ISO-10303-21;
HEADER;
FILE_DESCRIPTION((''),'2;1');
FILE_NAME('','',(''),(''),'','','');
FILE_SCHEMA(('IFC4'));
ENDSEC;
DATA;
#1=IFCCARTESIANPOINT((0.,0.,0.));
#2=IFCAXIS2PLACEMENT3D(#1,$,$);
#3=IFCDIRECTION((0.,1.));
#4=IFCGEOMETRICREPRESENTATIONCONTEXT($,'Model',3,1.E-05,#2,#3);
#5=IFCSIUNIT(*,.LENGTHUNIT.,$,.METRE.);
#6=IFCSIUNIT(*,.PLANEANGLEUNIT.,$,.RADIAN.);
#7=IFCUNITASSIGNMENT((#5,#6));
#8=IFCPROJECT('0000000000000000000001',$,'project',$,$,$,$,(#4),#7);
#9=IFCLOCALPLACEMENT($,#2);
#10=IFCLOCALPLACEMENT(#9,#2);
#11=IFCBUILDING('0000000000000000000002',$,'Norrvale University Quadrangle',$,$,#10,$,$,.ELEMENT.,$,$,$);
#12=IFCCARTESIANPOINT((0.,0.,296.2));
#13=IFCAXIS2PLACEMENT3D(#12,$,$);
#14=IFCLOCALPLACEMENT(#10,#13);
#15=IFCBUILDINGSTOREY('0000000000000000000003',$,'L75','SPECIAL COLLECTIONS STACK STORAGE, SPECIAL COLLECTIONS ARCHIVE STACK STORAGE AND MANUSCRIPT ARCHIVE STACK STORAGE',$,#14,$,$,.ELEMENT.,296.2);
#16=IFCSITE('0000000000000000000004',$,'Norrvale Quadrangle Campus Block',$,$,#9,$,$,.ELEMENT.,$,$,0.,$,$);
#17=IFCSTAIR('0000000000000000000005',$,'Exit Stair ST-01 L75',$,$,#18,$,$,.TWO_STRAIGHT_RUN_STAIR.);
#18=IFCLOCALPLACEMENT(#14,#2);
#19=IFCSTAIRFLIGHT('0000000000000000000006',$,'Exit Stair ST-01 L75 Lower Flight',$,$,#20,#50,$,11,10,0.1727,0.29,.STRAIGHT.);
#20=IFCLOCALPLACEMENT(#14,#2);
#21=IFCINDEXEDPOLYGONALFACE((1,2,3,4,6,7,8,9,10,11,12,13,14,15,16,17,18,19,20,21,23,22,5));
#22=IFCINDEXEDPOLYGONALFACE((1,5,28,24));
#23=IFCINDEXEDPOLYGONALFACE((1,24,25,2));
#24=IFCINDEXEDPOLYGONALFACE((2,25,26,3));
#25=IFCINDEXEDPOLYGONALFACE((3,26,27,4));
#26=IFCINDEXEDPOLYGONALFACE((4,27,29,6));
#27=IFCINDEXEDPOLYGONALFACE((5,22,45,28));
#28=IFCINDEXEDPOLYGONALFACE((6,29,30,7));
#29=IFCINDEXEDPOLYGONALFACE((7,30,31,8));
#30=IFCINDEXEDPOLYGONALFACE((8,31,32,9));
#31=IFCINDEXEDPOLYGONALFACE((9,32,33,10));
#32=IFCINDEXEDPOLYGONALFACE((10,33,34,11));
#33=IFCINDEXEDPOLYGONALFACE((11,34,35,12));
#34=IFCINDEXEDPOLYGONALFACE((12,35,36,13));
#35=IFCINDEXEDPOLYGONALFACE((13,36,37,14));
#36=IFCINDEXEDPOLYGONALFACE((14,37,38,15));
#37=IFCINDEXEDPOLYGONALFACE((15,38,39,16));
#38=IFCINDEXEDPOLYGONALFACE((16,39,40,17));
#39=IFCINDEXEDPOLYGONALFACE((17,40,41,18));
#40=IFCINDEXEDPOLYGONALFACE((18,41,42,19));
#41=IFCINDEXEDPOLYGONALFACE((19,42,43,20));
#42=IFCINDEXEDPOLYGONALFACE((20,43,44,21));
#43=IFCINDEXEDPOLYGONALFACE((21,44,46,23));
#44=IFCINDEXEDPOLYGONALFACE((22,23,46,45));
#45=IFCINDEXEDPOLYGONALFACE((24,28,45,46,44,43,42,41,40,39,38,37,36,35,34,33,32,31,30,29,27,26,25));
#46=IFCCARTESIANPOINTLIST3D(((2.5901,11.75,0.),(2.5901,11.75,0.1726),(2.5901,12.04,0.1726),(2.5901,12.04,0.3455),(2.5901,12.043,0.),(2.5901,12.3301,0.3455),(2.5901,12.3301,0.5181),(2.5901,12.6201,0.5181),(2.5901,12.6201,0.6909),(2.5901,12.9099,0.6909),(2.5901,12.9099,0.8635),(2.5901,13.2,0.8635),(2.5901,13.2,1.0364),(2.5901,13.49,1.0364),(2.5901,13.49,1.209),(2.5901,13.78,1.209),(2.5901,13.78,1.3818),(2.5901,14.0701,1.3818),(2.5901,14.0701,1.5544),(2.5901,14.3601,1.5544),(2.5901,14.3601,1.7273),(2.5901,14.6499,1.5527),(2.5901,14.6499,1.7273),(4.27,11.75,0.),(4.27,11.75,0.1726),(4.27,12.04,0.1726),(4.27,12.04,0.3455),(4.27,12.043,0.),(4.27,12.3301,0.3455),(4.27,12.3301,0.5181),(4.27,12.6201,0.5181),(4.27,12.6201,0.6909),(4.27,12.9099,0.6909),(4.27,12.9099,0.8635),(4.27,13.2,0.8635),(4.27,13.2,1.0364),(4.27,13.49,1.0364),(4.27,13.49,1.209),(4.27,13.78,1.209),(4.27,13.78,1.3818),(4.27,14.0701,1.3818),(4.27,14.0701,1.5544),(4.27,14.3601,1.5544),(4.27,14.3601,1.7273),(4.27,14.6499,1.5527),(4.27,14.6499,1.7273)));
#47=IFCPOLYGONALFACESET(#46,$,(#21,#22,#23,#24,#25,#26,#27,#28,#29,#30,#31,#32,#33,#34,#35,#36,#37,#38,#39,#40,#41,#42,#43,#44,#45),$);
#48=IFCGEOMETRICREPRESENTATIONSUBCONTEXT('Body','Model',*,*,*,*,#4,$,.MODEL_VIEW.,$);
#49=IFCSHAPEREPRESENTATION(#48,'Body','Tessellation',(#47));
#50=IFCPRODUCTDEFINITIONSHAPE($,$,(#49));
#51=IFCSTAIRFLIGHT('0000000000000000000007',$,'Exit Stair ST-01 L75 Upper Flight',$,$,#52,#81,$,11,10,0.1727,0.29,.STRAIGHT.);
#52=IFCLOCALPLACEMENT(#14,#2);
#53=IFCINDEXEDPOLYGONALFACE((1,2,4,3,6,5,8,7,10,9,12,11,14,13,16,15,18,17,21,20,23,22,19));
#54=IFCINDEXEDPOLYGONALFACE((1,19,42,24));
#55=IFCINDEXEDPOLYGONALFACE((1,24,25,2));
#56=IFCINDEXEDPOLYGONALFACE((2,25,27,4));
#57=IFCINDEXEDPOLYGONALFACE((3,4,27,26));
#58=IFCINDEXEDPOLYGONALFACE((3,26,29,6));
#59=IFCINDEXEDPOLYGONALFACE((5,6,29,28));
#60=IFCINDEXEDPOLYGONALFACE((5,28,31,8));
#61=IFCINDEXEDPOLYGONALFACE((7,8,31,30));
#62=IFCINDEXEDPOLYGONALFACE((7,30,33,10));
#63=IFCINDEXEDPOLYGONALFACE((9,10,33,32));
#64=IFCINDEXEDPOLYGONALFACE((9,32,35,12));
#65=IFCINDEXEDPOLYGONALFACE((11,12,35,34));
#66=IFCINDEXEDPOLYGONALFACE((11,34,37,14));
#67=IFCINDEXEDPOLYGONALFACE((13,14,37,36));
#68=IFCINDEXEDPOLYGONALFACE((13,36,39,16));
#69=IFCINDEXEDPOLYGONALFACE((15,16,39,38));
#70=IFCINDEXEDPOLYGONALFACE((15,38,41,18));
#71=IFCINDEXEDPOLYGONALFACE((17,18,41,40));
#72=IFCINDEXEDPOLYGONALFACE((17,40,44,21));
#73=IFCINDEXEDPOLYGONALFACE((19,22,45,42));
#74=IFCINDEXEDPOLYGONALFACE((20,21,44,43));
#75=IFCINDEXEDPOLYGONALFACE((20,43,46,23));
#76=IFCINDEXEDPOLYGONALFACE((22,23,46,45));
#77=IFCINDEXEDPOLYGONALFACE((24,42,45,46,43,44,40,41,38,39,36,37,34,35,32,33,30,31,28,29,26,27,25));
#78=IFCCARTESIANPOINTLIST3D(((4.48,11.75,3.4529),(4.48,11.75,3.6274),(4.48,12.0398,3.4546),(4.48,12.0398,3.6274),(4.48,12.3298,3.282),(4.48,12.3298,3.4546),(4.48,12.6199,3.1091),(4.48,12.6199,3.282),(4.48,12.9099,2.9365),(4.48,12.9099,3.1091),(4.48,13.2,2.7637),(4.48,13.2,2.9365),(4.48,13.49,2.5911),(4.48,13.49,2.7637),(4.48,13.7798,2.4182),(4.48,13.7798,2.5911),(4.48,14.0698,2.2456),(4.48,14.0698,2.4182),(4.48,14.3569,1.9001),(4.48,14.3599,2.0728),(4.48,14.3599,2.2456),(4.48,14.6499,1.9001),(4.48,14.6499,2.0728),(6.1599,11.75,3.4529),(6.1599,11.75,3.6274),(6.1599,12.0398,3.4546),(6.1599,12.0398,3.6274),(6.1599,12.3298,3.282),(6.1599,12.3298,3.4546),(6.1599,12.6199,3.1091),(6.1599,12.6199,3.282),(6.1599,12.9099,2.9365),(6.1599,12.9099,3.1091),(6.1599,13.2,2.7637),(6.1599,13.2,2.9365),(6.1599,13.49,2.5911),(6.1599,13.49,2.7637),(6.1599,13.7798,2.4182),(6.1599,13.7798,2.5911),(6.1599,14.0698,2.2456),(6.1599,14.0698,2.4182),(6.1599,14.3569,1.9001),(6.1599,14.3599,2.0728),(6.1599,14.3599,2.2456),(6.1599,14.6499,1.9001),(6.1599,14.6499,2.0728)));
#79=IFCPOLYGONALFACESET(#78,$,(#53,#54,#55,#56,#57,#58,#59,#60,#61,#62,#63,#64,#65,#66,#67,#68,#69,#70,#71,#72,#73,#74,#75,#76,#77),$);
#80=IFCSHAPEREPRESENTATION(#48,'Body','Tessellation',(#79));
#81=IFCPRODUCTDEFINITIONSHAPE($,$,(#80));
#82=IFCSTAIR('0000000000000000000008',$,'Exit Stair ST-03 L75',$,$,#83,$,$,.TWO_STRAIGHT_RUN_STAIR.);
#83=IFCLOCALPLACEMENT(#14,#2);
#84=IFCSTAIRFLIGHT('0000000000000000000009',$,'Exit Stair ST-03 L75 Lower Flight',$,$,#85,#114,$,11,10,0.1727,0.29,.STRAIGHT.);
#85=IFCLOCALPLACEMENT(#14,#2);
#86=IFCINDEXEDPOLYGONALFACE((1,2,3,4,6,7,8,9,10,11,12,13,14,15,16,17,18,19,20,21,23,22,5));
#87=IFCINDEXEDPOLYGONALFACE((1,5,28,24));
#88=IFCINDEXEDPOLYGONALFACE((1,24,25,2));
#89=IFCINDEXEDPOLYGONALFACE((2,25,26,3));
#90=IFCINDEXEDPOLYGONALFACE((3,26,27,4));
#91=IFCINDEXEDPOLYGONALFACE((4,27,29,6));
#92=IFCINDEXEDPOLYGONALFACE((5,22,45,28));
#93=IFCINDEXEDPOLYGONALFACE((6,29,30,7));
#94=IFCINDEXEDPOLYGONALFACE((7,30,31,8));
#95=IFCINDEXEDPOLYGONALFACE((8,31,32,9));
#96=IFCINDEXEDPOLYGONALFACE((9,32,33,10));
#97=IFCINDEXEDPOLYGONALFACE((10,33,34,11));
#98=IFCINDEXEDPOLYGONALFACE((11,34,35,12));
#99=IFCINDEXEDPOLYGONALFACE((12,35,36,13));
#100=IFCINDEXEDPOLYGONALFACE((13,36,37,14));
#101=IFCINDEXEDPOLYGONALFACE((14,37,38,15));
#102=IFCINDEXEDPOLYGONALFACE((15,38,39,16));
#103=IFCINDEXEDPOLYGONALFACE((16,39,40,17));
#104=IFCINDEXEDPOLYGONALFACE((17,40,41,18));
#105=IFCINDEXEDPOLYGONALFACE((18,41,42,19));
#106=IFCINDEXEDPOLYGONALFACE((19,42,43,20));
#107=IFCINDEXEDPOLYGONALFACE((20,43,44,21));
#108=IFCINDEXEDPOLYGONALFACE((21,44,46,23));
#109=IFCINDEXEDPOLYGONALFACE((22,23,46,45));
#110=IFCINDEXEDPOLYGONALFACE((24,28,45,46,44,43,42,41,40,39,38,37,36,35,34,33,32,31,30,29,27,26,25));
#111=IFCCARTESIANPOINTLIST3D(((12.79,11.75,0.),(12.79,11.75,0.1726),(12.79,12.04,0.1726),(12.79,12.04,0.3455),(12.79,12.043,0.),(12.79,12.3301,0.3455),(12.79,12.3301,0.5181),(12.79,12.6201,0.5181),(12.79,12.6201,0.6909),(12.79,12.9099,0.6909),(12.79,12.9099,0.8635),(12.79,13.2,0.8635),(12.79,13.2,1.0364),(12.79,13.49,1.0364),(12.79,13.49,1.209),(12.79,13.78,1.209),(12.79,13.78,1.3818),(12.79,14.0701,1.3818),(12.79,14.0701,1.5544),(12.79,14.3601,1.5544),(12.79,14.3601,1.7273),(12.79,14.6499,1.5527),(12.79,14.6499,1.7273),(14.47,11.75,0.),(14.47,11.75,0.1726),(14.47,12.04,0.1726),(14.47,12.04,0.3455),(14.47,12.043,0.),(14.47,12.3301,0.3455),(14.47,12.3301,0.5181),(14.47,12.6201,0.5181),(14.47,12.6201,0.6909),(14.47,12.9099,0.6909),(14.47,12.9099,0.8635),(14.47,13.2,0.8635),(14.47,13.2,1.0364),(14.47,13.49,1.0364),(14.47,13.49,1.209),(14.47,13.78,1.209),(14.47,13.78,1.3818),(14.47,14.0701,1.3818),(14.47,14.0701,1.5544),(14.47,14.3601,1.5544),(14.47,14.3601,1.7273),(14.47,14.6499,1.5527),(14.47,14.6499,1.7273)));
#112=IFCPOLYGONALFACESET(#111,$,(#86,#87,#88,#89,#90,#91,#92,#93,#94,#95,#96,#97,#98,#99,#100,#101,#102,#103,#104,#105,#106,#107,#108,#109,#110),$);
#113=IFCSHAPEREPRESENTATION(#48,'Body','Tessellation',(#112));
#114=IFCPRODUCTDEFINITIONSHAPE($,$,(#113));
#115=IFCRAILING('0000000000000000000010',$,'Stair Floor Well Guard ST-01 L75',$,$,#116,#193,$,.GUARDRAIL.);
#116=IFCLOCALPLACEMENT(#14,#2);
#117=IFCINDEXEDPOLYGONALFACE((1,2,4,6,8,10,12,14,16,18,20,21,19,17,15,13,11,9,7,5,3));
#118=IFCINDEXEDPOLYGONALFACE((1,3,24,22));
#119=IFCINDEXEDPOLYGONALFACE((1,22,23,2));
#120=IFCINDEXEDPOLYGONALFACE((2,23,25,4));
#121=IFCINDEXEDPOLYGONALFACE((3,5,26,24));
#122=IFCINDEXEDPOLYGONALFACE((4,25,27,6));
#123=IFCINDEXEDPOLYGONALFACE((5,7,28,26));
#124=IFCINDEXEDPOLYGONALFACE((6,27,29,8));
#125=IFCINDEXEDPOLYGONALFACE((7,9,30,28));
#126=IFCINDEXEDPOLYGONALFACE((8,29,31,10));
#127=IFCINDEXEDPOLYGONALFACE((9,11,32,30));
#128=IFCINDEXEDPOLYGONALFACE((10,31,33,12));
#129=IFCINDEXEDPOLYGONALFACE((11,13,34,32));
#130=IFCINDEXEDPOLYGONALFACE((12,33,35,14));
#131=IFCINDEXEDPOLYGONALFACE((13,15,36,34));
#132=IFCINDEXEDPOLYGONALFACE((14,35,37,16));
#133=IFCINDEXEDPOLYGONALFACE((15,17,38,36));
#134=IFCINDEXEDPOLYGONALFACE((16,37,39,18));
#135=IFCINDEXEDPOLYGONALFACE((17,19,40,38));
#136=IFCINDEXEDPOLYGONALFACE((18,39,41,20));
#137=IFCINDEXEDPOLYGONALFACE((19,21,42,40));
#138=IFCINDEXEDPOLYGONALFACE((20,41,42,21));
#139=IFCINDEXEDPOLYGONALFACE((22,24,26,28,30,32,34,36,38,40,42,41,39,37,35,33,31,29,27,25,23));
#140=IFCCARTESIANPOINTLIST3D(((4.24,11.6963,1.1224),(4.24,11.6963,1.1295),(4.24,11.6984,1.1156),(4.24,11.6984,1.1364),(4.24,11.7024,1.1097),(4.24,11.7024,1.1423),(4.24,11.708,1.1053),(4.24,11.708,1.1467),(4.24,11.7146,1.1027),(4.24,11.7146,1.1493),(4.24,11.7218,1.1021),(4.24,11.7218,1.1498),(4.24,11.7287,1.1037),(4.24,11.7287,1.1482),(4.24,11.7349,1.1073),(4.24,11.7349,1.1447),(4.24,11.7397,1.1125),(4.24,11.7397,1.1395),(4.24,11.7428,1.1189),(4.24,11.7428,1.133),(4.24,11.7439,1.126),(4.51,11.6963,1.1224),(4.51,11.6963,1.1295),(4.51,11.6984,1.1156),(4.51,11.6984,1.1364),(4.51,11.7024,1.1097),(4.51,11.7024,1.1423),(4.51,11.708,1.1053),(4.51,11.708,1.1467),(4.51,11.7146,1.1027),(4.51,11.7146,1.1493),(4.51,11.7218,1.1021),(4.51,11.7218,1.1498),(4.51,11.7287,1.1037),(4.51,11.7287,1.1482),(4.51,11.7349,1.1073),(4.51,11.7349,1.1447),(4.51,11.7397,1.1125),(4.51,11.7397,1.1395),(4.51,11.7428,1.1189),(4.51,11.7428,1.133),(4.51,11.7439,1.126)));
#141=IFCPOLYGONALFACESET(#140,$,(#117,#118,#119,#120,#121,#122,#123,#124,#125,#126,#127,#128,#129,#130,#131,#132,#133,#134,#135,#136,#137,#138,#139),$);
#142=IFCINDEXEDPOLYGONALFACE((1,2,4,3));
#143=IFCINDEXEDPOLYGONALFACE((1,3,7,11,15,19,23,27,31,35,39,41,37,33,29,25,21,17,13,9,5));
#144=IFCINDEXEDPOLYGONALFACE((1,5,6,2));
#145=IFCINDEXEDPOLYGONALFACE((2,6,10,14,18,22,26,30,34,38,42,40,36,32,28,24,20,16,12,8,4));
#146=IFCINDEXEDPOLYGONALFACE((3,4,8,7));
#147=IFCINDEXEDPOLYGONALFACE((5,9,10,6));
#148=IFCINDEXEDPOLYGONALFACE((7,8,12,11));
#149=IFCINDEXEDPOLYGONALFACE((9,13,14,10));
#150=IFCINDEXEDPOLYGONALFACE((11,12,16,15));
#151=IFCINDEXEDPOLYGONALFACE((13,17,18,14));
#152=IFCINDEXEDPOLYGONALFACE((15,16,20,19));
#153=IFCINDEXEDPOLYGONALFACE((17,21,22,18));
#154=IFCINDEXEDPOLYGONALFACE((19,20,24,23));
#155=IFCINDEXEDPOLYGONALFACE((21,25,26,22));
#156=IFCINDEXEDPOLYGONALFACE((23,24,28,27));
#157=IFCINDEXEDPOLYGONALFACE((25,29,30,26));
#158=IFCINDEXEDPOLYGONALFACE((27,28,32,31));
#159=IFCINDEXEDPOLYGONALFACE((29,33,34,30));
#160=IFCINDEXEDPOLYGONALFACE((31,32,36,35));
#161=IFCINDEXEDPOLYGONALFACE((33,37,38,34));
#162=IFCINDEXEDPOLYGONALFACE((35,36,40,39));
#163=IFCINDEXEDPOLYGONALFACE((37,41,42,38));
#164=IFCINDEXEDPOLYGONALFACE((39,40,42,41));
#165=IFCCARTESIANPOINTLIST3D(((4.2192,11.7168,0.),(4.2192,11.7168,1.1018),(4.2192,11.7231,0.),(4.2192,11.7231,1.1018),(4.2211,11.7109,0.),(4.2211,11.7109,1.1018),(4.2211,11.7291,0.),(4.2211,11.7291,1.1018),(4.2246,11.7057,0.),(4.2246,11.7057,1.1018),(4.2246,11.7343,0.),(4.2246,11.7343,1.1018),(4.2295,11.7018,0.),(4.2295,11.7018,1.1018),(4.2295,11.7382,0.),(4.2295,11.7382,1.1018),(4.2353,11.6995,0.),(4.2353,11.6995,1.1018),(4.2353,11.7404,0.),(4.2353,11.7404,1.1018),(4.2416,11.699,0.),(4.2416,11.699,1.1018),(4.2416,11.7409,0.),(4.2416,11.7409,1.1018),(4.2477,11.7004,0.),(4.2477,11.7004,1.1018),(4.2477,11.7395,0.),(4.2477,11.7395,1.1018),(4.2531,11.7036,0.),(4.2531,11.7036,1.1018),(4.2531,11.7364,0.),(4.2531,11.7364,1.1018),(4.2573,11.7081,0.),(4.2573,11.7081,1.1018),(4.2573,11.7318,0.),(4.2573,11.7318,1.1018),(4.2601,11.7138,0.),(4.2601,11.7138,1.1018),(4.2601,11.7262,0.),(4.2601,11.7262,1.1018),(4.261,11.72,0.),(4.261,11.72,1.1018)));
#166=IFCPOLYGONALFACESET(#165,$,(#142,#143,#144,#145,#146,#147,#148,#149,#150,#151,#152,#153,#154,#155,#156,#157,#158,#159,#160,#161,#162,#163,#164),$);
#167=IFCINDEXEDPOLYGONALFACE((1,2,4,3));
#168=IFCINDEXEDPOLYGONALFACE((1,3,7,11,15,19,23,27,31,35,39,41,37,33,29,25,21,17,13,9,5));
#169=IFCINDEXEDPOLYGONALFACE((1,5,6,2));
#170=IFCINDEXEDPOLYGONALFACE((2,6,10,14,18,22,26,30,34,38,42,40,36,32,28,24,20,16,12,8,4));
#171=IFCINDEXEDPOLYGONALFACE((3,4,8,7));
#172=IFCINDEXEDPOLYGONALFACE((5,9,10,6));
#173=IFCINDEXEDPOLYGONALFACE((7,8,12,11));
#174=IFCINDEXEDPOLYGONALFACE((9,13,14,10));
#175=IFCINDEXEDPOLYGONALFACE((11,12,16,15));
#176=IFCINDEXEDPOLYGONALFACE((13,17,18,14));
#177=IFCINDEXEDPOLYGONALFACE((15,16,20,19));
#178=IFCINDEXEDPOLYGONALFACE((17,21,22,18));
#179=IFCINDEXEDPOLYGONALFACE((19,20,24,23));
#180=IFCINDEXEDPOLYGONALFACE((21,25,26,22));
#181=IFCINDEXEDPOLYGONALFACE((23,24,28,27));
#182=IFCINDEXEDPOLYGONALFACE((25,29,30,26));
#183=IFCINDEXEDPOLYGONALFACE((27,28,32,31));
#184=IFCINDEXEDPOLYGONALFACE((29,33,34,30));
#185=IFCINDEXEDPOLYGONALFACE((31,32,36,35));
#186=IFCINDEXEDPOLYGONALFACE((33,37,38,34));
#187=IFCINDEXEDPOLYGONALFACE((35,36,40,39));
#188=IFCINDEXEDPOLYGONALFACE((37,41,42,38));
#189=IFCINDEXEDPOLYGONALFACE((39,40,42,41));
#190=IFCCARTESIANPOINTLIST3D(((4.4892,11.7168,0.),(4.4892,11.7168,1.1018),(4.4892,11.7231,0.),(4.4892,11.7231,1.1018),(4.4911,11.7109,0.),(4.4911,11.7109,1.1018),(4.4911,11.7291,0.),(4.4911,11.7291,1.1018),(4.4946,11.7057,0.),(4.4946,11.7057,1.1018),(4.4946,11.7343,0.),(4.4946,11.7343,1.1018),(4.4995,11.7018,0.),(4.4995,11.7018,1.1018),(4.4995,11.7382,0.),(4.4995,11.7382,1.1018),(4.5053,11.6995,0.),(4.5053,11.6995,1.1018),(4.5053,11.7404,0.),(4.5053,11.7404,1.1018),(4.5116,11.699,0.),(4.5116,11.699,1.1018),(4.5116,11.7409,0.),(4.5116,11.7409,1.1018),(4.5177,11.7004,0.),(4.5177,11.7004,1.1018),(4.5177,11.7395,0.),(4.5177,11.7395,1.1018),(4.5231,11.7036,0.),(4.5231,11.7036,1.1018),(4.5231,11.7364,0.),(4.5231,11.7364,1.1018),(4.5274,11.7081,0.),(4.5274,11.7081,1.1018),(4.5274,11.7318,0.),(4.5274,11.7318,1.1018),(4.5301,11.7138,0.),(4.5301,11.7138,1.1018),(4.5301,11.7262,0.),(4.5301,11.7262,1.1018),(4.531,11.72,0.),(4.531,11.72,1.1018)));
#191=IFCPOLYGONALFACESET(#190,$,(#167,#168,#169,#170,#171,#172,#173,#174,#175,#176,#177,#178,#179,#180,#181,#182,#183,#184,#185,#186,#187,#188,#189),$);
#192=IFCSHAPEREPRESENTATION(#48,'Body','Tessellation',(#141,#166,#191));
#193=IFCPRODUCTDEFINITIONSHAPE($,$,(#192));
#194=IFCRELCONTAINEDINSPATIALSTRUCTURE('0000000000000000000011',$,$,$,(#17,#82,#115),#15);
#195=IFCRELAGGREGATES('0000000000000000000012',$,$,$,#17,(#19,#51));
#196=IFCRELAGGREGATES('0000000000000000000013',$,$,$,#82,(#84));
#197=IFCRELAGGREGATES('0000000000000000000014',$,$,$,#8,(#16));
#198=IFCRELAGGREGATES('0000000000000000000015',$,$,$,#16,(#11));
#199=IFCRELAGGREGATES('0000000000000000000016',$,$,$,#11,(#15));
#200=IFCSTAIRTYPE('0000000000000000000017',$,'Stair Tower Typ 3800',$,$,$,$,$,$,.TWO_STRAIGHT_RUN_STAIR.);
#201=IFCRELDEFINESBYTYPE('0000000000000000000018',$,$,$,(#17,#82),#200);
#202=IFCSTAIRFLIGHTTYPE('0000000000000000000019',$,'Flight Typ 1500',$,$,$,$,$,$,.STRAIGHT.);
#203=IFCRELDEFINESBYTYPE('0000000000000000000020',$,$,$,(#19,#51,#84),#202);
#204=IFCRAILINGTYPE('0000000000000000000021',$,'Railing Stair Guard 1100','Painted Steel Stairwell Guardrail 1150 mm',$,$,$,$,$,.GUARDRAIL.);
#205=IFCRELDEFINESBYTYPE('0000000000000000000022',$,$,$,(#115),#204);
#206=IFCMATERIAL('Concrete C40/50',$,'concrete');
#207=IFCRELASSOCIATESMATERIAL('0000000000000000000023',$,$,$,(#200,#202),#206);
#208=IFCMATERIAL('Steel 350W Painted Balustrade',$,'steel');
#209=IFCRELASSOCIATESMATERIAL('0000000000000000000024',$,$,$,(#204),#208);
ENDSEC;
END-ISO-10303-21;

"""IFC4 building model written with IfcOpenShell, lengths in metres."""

from ifc_helpers import new_model, si_unit, direction, frame, origin, origin_2d, place, context, subcontext, project, spatial, polyline, circle, outline, extrude, material, type_object, element, aggregate, save


model = new_model("IFC4")

# Units and contexts
model_context = context("Model", 3, precision=1e-05, world=origin(), true_north=direction((0.0, 1.0)))
body_context = subcontext(model_context, "Body", "Model", "MODEL_VIEW")
ifc_project = project(units=[si_unit("LENGTHUNIT", "METRE"), si_unit("PLANEANGLEUNIT", "RADIAN")], contexts=[model_context])

# Site, building, storey
site_placement = place(None, origin())
site = spatial("IfcSite", under=ifc_project, at=site_placement, Name="Norrvale Quadrangle Campus Block", CompositionType="ELEMENT", RefElevation=0.0)
building_placement = place(site_placement, origin())
building = spatial("IfcBuilding", under=site, at=building_placement, Name="Norrvale University Quadrangle", CompositionType="ELEMENT")
storey_placement = place(building_placement, frame((0.0, 0.0, 296.2)))
storey = spatial("IfcBuildingStorey", under=building, at=storey_placement, Name="L75", Description="SPECIAL COLLECTIONS STACK STORAGE, SPECIAL COLLECTIONS ARCHIVE STACK STORAGE AND MANUSCRIPT ARCHIVE STACK STORAGE", CompositionType="ELEMENT", Elevation=296.2)

# Stair, stair flights
ifc_material_1 = material(Name="Concrete C40/50", Category="concrete")
stair_type = type_object("IfcStairType", Name="Stair Tower Typ 3800", PredefinedType="TWO_STRAIGHT_RUN_STAIR", material=ifc_material_1)
stair_1_placement = place(storey_placement, origin())
stair_1 = element("IfcStair", 1, at=stair_1_placement, inside=storey, type_object=stair_type, Name="Exit Stair ST-01 L75", PredefinedType="TWO_STRAIGHT_RUN_STAIR")
stair_flight_type = type_object("IfcStairFlightType", Name="Flight Typ 1500", PredefinedType="STRAIGHT", material=ifc_material_1)
stair_flight_1_placement = place(storey_placement, frame((3.4299, 11.75, 0.0), z_axis=(0.0, 0.0, 1.0), x_axis=(0.0, 1.0, 0.0)))
stair_flight_1 = element("IfcStairFlight", 2, at=stair_flight_1_placement, type_object=stair_flight_type, Name="Exit Stair ST-01 L75 Lower Flight", NumberOfRisers=11, NumberOfTreads=10, PredefinedType="STRAIGHT", RiserHeight=0.1727, TreadLength=0.29, context=body_context, shape_type="SweptSolid", body=[
    extrude(outline(polyline([(0.0, 0.0), (0.0, 0.1726), (0.29, 0.1726), (0.29, 0.3455), (0.5801, 0.3455), (0.5801, 0.5181), (0.8701, 0.5181), (0.8701, 0.6909), (1.1599, 0.6909), (1.1599, 0.8635), (1.45, 0.8635), (1.45, 1.0364), (1.74, 1.0364), (1.74, 1.209), (2.03, 1.209), (2.03, 1.3818), (2.3201, 1.3818), (2.3201, 1.5544), (2.6101, 1.5544), (2.6101, 1.7273), (2.8999, 1.7273), (2.8999, 1.8999), (2.8999, 1.5527), (0.293, 0.0), (0.0, 0.0)])), frame((0.0, 0.8398, 0.0), z_axis=(0.0, -1.0, 0.0), x_axis=(1.0, 0.0, 0.0)), (0.0, 0.0, 1.0), 1.6799),
])
stair_flight_2_placement = place(storey_placement, frame((5.3201, 14.6499, 1.9001), z_axis=(0.0, 0.0, 1.0), x_axis=(0.0, -1.0, 0.0)))
stair_flight_2 = element("IfcStairFlight", 3, at=stair_flight_2_placement, type_object=stair_flight_type, Name="Exit Stair ST-01 L75 Upper Flight", NumberOfRisers=11, NumberOfTreads=10, PredefinedType="STRAIGHT", RiserHeight=0.1727, TreadLength=0.29, context=body_context, shape_type="SweptSolid", body=[
    extrude(outline(polyline([(0.0, 0.0), (0.0, 0.1726), (0.29, 0.1726), (0.29, 0.3455), (0.5801, 0.3455), (0.5801, 0.5181), (0.8701, 0.5181), (0.8701, 0.6909), (1.1599, 0.6909), (1.1599, 0.8635), (1.45, 0.8635), (1.45, 1.0364), (1.74, 1.0364), (1.74, 1.209), (2.03, 1.209), (2.03, 1.3818), (2.3201, 1.3818), (2.3201, 1.5544), (2.6101, 1.5544), (2.6101, 1.7273), (2.8999, 1.7273), (2.8999, 1.8999), (2.8999, 1.5527), (0.293, 0.0), (0.0, 0.0)])), frame((0.0, 0.8398, 0.0), z_axis=(0.0, -1.0, 0.0), x_axis=(1.0, 0.0, 0.0)), (0.0, 0.0, 1.0), 1.6799),
])
aggregate(stair_1, [stair_flight_1, stair_flight_2])

# Stair, stair flight
stair_2_placement = place(storey_placement, origin())
stair_2 = element("IfcStair", 4, at=stair_2_placement, inside=storey, type_object=stair_type, Name="Exit Stair ST-03 L75", PredefinedType="TWO_STRAIGHT_RUN_STAIR")
stair_flight_3_placement = place(storey_placement, frame((13.6299, 11.75, 0.0), z_axis=(0.0, 0.0, 1.0), x_axis=(0.0, 1.0, 0.0)))
stair_flight_3 = element("IfcStairFlight", 5, at=stair_flight_3_placement, type_object=stair_flight_type, Name="Exit Stair ST-03 L75 Lower Flight", NumberOfRisers=11, NumberOfTreads=10, PredefinedType="STRAIGHT", RiserHeight=0.1727, TreadLength=0.29, context=body_context, shape_type="SweptSolid", body=[
    extrude(outline(polyline([(0.0, 0.0), (0.0, 0.1726), (0.29, 0.1726), (0.29, 0.3455), (0.5801, 0.3455), (0.5801, 0.5181), (0.8701, 0.5181), (0.8701, 0.6909), (1.1599, 0.6909), (1.1599, 0.8635), (1.45, 0.8635), (1.45, 1.0364), (1.74, 1.0364), (1.74, 1.209), (2.03, 1.209), (2.03, 1.3818), (2.3201, 1.3818), (2.3201, 1.5544), (2.6101, 1.5544), (2.6101, 1.7273), (2.8999, 1.7273), (2.8999, 1.8999), (2.8999, 1.5527), (0.293, 0.0), (0.0, 0.0)])), frame((0.0, 0.8398, 0.0), z_axis=(0.0, -1.0, 0.0), x_axis=(1.0, 0.0, 0.0)), (0.0, 0.0, 1.0), 1.6799),
])
aggregate(stair_2, [stair_flight_3])

# Railing
ifc_material_2 = material(Name="Steel 350W Painted Balustrade", Category="steel")
railing_type_1 = type_object("IfcRailingType", Name="Railing Stair Guard 1100", Description="Painted Steel Stairwell Guardrail 1150 mm", PredefinedType="GUARDRAIL", material=ifc_material_2)
for number, where, name in (
    (6, (4.24, 11.72, 0.0), "Stair Floor Well Guard ST-01 L75"),
):
    element("IfcRailing", number, at=place(storey_placement, frame(where)), inside=storey, type_object=railing_type_1, Name=name, PredefinedType="GUARDRAIL", context=body_context, shape_type="SweptSolid", body=[
        extrude(circle(Radius=0.0239, at=origin_2d()), frame((0.0, 0.0, 1.126), z_axis=(1.0, 0.0, 0.0), x_axis=(0.0, 1.0, 0.0)), (0.0, 0.0, 1.0), 0.27),
        extrude(circle(Radius=0.021, at=origin_2d()), origin(), (0.0, 0.0, 1.0), 1.1018),
        extrude(circle(Radius=0.021, at=origin_2d()), frame((0.27, 0.0, 0.0)), (0.0, 0.0, 1.0), 1.1018),
    ])

save(model, "model.ifc")
